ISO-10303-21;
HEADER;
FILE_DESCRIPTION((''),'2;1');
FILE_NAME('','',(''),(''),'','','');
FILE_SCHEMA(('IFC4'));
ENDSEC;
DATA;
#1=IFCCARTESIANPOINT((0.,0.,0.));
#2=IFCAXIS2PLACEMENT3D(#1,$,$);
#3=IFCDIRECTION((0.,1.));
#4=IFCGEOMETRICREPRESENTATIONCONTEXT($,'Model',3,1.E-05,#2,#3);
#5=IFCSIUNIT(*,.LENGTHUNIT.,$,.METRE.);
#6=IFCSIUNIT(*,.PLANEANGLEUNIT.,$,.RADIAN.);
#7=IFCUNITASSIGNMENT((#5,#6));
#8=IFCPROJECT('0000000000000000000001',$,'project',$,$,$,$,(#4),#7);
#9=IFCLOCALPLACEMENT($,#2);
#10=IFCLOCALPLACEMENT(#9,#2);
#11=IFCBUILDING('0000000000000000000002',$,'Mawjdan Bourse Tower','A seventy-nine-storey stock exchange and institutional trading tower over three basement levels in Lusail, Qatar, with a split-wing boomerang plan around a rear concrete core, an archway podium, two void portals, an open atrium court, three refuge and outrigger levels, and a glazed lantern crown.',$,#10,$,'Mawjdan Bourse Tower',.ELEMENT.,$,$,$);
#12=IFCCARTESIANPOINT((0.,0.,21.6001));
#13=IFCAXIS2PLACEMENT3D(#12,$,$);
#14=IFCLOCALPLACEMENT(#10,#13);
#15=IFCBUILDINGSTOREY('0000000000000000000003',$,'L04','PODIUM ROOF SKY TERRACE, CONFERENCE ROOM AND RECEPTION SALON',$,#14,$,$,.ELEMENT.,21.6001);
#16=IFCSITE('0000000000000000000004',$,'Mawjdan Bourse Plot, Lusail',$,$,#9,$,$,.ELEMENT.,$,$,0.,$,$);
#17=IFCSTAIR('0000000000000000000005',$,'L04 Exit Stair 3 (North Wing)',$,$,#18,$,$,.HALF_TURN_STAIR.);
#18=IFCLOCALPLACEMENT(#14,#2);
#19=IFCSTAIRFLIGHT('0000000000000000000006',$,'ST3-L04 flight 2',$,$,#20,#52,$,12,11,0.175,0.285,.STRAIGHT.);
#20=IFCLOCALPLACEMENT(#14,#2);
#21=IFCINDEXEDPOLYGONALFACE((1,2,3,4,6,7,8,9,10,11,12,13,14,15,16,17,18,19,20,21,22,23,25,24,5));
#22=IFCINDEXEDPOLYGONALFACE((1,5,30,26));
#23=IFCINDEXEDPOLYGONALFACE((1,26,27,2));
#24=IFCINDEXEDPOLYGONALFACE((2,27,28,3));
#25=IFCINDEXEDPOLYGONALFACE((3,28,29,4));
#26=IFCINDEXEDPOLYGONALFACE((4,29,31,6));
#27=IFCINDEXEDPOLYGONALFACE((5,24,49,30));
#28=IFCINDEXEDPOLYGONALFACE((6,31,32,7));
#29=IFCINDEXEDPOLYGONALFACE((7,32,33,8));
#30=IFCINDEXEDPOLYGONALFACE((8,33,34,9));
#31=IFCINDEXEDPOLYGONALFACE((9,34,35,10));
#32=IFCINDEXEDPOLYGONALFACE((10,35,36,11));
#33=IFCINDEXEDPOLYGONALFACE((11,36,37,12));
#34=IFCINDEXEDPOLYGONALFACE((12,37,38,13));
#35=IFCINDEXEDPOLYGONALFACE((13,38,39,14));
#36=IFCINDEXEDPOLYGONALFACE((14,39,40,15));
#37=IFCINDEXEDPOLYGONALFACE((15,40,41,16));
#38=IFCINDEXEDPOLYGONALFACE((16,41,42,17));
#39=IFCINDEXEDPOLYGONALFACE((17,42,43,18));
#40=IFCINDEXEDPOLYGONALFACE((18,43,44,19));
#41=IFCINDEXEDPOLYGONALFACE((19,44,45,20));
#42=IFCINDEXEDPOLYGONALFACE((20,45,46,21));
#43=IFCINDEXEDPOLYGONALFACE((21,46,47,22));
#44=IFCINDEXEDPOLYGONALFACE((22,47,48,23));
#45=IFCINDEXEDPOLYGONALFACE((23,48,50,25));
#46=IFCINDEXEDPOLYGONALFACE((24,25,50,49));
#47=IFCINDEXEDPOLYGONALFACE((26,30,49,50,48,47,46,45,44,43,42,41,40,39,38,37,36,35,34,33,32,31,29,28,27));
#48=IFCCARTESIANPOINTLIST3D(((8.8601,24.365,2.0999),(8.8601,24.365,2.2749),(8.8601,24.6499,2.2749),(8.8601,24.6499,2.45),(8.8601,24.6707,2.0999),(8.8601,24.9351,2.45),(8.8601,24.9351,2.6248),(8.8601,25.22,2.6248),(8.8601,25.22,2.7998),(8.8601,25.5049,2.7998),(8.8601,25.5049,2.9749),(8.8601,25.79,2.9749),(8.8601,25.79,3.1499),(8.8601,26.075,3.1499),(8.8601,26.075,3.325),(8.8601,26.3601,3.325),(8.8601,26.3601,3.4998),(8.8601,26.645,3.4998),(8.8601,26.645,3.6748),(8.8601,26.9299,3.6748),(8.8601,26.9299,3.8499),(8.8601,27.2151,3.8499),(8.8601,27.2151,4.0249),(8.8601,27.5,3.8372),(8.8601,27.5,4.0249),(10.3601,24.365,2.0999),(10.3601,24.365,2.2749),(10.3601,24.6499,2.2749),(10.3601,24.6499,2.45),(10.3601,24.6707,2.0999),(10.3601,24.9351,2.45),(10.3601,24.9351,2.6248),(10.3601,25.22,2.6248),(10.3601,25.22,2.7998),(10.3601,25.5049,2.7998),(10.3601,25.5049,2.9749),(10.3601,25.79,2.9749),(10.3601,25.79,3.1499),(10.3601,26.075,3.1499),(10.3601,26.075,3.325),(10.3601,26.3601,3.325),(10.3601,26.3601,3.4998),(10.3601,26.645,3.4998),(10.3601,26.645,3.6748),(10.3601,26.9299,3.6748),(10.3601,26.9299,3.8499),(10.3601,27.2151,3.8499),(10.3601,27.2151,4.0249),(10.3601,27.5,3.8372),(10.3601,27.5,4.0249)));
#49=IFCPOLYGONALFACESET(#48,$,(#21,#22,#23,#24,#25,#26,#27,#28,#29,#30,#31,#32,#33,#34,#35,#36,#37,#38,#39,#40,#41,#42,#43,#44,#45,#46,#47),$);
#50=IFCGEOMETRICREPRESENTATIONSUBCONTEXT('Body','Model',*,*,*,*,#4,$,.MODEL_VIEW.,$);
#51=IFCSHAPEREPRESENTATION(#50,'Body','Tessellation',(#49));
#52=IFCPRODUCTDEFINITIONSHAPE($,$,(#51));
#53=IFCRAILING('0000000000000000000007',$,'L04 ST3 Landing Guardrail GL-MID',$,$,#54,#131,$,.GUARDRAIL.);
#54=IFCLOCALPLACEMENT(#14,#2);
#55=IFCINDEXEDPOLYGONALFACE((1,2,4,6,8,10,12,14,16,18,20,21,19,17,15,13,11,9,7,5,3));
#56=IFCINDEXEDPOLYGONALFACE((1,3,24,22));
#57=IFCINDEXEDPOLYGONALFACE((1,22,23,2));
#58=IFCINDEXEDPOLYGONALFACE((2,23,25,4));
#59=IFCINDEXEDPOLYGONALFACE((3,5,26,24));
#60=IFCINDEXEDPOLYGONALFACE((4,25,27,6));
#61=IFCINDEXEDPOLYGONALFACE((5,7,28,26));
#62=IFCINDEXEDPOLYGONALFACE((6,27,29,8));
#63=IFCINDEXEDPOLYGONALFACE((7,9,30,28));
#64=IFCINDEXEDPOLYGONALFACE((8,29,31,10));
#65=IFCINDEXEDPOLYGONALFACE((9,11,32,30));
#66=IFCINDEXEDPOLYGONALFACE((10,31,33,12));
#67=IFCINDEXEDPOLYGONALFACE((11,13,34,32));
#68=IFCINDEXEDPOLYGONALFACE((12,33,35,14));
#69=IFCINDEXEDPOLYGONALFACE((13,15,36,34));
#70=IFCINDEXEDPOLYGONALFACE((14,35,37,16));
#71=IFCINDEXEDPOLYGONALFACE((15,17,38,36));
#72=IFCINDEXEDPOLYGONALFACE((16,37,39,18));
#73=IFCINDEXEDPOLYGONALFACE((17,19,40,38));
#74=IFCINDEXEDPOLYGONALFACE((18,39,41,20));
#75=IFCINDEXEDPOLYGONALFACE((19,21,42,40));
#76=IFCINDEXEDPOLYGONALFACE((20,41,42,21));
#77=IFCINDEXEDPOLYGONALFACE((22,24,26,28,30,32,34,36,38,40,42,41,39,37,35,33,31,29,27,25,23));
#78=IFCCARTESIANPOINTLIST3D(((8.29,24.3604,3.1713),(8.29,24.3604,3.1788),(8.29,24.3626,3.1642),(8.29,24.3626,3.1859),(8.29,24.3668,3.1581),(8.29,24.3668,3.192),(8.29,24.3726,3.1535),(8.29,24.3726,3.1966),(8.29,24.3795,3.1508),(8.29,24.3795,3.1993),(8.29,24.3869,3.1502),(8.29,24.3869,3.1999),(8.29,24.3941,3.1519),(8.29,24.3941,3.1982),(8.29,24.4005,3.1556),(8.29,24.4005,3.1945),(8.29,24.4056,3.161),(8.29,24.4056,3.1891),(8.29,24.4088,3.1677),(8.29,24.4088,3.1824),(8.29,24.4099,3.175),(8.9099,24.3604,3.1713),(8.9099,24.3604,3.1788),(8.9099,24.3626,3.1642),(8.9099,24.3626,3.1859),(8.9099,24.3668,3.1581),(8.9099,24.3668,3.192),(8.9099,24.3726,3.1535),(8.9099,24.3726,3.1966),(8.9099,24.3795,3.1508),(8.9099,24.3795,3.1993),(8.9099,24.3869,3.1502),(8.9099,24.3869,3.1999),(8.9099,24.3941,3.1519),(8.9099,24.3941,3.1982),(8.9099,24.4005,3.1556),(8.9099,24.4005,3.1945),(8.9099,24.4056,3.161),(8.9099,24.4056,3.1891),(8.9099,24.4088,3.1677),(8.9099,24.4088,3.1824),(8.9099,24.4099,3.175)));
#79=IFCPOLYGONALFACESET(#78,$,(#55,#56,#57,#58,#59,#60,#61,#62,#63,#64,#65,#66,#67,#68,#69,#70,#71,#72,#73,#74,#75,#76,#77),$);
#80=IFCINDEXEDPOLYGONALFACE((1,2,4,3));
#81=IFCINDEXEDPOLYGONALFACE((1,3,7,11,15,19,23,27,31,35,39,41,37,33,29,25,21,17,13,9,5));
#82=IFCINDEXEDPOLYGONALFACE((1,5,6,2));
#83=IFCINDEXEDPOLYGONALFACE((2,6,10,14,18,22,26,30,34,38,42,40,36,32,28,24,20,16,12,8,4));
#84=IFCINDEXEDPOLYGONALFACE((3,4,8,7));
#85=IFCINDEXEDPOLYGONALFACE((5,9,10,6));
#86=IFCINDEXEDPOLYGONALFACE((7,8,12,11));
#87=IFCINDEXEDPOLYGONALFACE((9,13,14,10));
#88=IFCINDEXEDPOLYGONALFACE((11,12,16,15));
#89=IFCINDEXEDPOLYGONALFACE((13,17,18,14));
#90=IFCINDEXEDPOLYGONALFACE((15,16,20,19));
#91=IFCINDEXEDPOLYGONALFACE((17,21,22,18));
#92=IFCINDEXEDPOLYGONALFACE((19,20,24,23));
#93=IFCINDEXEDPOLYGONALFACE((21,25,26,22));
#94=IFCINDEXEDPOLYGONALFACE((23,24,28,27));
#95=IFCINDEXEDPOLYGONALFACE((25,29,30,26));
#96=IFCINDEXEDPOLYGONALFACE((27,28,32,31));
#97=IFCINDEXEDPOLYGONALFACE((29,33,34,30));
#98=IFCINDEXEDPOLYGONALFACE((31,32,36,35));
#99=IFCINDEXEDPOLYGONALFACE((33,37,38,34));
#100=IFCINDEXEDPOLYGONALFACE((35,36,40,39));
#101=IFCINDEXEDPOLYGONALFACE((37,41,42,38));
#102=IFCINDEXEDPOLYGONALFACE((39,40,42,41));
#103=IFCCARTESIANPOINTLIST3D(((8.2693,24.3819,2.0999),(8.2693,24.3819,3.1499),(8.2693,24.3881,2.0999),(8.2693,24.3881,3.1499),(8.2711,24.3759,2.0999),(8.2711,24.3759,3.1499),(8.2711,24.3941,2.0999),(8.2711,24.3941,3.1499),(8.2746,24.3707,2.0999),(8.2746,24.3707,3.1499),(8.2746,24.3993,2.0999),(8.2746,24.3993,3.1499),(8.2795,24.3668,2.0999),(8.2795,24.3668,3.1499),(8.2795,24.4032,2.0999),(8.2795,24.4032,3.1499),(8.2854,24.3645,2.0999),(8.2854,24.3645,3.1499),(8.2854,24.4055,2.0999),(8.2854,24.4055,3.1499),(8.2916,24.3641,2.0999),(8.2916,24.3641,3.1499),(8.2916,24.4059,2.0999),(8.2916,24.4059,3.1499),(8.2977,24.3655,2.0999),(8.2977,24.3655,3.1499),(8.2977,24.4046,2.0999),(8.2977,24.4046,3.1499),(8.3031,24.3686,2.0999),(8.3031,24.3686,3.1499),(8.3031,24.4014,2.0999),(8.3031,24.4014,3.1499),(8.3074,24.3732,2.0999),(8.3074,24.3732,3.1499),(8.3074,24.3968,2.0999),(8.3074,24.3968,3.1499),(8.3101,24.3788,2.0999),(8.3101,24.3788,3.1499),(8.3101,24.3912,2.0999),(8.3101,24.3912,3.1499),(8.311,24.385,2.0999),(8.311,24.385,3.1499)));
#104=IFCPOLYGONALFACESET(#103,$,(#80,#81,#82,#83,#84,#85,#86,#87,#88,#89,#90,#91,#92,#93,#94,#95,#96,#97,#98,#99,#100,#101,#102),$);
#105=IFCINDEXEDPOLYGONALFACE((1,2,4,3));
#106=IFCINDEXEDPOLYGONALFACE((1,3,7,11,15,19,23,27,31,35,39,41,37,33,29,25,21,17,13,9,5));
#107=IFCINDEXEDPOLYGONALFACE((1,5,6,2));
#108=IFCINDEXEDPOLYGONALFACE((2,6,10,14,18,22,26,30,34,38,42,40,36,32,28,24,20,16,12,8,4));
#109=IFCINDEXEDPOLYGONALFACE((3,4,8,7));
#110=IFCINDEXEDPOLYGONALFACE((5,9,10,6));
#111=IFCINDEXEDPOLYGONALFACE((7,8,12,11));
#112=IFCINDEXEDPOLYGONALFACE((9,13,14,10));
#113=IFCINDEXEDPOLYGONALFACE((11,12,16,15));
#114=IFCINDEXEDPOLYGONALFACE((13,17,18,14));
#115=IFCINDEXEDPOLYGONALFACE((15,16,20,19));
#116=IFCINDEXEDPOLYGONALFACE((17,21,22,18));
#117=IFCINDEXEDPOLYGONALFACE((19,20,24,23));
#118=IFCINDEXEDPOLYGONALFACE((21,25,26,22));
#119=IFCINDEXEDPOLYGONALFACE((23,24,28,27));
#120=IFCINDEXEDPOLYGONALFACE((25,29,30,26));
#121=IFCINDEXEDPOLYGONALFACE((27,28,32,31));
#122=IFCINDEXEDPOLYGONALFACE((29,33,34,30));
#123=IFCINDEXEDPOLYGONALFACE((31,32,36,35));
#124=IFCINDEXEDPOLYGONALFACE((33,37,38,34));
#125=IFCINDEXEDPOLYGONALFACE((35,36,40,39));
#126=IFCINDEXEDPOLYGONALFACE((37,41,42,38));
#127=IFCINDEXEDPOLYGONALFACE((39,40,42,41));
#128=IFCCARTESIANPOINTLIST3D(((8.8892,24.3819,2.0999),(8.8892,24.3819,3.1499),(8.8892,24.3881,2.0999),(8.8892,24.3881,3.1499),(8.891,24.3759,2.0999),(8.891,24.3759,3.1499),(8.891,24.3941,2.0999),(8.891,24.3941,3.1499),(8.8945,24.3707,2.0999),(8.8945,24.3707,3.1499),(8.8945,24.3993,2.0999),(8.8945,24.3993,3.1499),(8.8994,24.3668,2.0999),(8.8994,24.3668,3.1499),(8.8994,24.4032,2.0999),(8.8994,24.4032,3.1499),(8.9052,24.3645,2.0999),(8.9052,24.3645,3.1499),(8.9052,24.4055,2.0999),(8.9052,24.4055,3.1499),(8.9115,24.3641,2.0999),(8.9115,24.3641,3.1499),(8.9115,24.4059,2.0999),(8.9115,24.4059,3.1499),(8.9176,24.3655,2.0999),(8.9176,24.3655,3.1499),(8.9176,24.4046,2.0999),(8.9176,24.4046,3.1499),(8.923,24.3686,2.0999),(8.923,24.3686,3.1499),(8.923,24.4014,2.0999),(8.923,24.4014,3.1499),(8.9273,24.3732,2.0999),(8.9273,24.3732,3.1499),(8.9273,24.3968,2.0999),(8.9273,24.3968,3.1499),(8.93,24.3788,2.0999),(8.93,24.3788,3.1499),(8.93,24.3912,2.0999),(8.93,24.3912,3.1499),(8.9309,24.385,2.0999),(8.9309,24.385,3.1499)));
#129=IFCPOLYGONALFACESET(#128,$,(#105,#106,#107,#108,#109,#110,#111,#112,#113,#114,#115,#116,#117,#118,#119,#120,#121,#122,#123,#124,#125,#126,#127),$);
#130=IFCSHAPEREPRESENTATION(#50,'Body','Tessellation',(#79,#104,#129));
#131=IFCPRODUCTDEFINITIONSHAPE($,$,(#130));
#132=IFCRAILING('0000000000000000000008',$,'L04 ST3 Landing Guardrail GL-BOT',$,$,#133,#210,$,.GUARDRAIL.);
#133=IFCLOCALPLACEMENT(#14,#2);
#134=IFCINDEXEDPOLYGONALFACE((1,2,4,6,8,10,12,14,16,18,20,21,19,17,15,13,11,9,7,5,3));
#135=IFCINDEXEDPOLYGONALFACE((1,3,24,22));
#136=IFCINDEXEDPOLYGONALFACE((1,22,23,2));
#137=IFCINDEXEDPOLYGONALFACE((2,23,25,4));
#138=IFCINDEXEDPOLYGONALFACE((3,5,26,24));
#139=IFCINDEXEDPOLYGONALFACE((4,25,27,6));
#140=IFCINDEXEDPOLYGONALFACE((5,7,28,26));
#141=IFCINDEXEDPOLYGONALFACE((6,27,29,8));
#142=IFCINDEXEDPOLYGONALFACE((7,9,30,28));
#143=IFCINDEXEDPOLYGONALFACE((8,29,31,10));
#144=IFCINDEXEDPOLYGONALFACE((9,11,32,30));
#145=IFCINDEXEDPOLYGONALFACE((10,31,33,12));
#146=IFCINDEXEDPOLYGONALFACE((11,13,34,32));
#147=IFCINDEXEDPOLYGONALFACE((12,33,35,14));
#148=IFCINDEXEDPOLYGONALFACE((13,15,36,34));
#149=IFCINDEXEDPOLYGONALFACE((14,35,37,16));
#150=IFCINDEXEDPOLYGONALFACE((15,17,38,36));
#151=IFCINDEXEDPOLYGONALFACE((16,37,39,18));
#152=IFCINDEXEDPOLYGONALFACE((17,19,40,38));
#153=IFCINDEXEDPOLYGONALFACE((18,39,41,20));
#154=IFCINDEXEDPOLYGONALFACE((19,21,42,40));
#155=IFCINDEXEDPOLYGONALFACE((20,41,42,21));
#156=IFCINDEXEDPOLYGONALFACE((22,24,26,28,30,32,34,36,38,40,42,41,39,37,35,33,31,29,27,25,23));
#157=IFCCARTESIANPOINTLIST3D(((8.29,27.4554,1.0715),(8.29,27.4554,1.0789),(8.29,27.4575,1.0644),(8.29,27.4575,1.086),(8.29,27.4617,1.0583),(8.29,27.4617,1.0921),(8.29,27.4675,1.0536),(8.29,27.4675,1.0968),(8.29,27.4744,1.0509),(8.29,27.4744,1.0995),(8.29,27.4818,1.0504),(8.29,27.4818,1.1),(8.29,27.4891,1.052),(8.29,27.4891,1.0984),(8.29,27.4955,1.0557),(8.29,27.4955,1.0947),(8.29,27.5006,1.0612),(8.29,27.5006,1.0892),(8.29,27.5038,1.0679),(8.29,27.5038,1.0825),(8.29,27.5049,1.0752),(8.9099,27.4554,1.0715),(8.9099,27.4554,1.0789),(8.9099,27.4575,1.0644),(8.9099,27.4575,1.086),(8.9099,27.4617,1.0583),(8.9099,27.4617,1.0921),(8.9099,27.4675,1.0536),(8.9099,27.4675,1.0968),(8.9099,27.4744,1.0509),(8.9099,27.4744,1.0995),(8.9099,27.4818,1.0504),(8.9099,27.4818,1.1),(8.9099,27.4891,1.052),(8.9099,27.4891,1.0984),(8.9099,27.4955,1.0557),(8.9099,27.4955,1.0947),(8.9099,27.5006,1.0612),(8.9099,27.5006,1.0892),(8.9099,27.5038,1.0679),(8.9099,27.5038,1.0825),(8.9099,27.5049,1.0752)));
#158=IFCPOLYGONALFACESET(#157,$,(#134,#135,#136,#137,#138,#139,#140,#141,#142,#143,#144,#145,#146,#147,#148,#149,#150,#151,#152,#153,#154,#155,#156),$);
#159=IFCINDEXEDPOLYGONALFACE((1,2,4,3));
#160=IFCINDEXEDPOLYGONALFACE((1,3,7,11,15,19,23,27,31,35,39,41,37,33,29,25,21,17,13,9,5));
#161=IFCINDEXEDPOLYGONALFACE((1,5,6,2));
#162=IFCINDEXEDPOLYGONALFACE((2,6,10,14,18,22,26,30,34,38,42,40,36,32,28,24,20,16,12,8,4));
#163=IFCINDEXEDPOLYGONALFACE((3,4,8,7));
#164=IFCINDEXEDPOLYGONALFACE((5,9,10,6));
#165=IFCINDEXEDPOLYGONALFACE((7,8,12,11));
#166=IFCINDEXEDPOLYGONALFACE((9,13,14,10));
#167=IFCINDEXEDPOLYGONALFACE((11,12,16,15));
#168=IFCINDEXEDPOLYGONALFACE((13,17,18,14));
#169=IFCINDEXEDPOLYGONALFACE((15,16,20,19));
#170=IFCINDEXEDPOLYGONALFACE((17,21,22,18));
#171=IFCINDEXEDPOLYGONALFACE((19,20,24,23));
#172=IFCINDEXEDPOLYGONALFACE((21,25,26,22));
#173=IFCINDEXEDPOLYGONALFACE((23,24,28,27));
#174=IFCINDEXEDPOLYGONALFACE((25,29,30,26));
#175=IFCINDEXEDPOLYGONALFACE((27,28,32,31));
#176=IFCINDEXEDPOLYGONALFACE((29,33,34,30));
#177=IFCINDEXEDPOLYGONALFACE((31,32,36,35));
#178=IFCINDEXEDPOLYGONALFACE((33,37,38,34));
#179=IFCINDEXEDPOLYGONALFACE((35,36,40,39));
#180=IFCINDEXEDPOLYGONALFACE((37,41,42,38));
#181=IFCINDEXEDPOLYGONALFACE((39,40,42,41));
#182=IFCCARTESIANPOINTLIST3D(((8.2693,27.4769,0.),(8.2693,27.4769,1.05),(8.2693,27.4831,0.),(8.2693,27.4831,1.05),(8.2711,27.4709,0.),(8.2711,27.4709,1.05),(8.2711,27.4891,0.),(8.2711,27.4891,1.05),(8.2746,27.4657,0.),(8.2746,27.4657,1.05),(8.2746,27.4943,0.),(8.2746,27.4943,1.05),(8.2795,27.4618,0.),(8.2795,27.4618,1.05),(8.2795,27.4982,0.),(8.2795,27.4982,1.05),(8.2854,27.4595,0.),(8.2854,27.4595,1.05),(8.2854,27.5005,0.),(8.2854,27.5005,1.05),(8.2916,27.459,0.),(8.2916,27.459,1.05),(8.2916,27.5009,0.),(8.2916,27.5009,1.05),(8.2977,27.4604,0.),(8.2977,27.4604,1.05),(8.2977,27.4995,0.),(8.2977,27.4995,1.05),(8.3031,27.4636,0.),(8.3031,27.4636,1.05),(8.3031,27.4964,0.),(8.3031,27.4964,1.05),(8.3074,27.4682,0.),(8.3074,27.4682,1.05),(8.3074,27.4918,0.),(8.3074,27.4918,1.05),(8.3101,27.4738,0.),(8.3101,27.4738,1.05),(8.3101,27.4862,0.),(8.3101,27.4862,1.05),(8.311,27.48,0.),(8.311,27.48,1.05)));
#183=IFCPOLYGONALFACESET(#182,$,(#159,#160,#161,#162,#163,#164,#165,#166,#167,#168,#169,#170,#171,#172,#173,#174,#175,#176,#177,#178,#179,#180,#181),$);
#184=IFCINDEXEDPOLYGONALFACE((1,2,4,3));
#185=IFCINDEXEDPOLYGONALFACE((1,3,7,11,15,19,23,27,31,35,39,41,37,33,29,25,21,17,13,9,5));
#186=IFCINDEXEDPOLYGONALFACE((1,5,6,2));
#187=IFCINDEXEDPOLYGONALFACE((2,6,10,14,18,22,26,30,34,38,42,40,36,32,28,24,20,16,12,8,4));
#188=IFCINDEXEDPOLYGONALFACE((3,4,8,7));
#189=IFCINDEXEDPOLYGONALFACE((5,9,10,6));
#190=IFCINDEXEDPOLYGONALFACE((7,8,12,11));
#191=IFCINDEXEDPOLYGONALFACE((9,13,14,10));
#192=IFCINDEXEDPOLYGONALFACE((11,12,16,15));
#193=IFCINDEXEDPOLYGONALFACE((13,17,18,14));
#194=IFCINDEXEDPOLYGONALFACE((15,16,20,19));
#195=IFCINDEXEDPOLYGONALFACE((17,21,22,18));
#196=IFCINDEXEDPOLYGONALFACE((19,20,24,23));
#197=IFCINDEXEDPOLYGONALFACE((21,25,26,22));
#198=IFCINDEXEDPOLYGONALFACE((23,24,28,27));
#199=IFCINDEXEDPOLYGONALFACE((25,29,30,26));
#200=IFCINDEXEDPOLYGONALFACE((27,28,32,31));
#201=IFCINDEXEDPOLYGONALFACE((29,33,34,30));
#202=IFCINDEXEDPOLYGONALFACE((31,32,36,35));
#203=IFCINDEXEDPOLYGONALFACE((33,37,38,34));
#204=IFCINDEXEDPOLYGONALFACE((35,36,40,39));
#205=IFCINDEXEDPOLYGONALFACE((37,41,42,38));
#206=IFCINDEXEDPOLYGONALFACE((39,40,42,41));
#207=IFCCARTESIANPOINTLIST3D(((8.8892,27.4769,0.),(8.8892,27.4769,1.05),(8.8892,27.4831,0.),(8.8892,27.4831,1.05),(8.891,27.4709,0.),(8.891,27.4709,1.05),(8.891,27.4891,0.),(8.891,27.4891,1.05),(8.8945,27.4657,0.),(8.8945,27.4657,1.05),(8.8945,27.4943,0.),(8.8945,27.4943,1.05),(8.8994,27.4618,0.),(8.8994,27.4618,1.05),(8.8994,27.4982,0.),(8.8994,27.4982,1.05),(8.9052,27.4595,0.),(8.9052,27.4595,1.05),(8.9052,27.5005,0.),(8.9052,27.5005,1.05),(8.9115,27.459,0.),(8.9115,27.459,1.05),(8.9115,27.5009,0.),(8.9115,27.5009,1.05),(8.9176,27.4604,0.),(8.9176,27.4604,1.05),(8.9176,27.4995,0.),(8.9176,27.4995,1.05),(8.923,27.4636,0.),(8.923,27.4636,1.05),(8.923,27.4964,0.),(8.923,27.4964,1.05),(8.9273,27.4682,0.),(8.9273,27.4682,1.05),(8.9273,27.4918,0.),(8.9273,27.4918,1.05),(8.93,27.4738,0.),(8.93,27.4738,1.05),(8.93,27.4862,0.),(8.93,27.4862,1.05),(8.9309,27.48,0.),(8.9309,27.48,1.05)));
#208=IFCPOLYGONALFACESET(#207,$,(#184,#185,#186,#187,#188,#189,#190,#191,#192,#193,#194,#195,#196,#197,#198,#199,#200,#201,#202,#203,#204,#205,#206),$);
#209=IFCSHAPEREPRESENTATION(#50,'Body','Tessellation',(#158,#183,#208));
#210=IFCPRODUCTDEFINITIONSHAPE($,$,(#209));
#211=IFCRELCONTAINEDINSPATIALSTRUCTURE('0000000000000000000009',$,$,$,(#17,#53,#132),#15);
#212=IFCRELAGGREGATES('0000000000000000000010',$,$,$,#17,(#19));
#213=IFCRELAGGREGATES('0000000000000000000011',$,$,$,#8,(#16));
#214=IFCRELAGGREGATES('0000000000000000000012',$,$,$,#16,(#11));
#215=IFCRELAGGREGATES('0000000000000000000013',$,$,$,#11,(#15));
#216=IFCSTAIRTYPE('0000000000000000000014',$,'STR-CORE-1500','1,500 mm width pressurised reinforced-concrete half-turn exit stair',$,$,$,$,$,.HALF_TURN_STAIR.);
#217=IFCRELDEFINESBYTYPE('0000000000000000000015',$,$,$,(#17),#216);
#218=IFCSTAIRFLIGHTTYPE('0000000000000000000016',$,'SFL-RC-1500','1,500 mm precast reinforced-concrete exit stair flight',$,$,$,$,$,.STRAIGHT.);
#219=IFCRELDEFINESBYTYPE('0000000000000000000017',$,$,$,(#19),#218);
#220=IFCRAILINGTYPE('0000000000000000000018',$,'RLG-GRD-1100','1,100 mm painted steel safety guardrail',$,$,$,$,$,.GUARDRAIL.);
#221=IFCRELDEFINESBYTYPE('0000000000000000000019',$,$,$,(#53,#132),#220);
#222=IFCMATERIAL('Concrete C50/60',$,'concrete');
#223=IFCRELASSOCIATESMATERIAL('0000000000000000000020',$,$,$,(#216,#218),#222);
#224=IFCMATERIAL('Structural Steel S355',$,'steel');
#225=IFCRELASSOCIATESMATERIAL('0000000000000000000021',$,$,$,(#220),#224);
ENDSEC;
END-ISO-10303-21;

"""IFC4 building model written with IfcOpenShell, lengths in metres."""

from ifc_helpers import new_model, si_unit, direction, frame, origin, origin_2d, place, context, subcontext, project, spatial, polyline, circle, outline, extrude, material, type_object, element, aggregate, save


model = new_model("IFC4")

# Units and contexts
model_context = context("Model", 3, precision=1e-05, world=origin(), true_north=direction((0.0, 1.0)))
body_context = subcontext(model_context, "Body", "Model", "MODEL_VIEW")
ifc_project = project(units=[si_unit("LENGTHUNIT", "METRE"), si_unit("PLANEANGLEUNIT", "RADIAN")], contexts=[model_context])

# Site, building, storey
site_placement = place(None, origin())
site = spatial("IfcSite", under=ifc_project, at=site_placement, Name="Mawjdan Bourse Plot, Lusail", CompositionType="ELEMENT", RefElevation=0.0)
building_placement = place(site_placement, origin())
building = spatial("IfcBuilding", under=site, at=building_placement, Name="Mawjdan Bourse Tower", Description="A seventy-nine-storey stock exchange and institutional trading tower over three basement levels in Lusail, Qatar, with a split-wing boomerang plan around a rear concrete core, an archway podium, two void portals, an open atrium court, three refuge and outrigger levels, and a glazed lantern crown.", LongName="Mawjdan Bourse Tower", CompositionType="ELEMENT")
storey_placement = place(building_placement, frame((0.0, 0.0, 21.6001)))
storey = spatial("IfcBuildingStorey", under=building, at=storey_placement, Name="L04", Description="PODIUM ROOF SKY TERRACE, CONFERENCE ROOM AND RECEPTION SALON", CompositionType="ELEMENT", Elevation=21.6001)

# Shared definitions
ifc_material_1 = material(Name="Structural Steel S355", Category="steel")

# Shared definitions
ifc_material_2 = material(Name="Concrete C50/60", Category="concrete")

# Stair, stair flight
stair_type = type_object("IfcStairType", Name="STR-CORE-1500", Description="1,500 mm width pressurised reinforced-concrete half-turn exit stair", PredefinedType="HALF_TURN_STAIR", material=ifc_material_2)
stair_placement = place(storey_placement, origin())
stair = element("IfcStair", 1, at=stair_placement, inside=storey, type_object=stair_type, Name="L04 Exit Stair 3 (North Wing)", PredefinedType="HALF_TURN_STAIR")
stair_flight_type = type_object("IfcStairFlightType", Name="SFL-RC-1500", Description="1,500 mm precast reinforced-concrete exit stair flight", PredefinedType="STRAIGHT", material=ifc_material_2)
stair_flight_1_placement = place(storey_placement, frame((9.6101, 24.365, 2.0999), z_axis=(0.0, 0.0, 1.0), x_axis=(0.0, 1.0, 0.0)))
stair_flight_1 = element("IfcStairFlight", 2, at=stair_flight_1_placement, type_object=stair_flight_type, Name="ST3-L04 flight 2", NumberOfRisers=12, NumberOfTreads=11, PredefinedType="STRAIGHT", RiserHeight=0.175, TreadLength=0.285, context=body_context, shape_type="SweptSolid", body=[
    extrude(outline(polyline([(0.0, 0.0), (0.0, 0.175), (0.2849, 0.175), (0.2849, 0.3501), (0.5701, 0.3501), (0.5701, 0.5249), (0.855, 0.5249), (0.855, 0.7), (1.1399, 0.7), (1.1399, 0.875), (1.425, 0.875), (1.425, 1.05), (1.71, 1.05), (1.71, 1.2251), (1.9951, 1.2251), (1.9951, 1.3999), (2.28, 1.3999), (2.28, 1.575), (2.5649, 1.575), (2.5649, 1.75), (2.8501, 1.75), (2.8501, 1.925), (3.135, 1.925), (3.135, 2.1001), (3.135, 1.7373), (0.3057, 0.0), (0.0, 0.0)])), frame((0.0, 0.75, 0.0), z_axis=(0.0, -1.0, 0.0), x_axis=(1.0, 0.0, 0.0)), (0.0, 0.0, 1.0), 1.5),
])
aggregate(stair, [stair_flight_1])

# Railings
railing_type_1 = type_object("IfcRailingType", Name="RLG-GRD-1100", Description="1,100 mm painted steel safety guardrail", PredefinedType="GUARDRAIL", material=ifc_material_1)
for number, where, name in (
    (3, (8.29, 24.385, 2.0999), "L04 ST3 Landing Guardrail GL-MID"),
    (4, (8.29, 27.48, 0.0), "L04 ST3 Landing Guardrail GL-BOT"),
):
    element("IfcRailing", number, at=place(storey_placement, frame(where)), inside=storey, type_object=railing_type_1, Name=name, PredefinedType="GUARDRAIL", context=body_context, shape_type="SweptSolid", body=[
        extrude(circle(Radius=0.0249, at=origin_2d()), frame((0.0, 0.0, 1.0752), z_axis=(1.0, 0.0, 0.0), x_axis=(0.0, 1.0, 0.0)), (0.0, 0.0, 1.0), 0.6199),
        extrude(circle(Radius=0.021, at=origin_2d()), origin(), (0.0, 0.0, 1.0), 1.05),
        extrude(circle(Radius=0.021, at=origin_2d()), frame((0.6199, 0.0, 0.0)), (0.0, 0.0, 1.0), 1.05),
    ])

save(model, "model.ifc")
